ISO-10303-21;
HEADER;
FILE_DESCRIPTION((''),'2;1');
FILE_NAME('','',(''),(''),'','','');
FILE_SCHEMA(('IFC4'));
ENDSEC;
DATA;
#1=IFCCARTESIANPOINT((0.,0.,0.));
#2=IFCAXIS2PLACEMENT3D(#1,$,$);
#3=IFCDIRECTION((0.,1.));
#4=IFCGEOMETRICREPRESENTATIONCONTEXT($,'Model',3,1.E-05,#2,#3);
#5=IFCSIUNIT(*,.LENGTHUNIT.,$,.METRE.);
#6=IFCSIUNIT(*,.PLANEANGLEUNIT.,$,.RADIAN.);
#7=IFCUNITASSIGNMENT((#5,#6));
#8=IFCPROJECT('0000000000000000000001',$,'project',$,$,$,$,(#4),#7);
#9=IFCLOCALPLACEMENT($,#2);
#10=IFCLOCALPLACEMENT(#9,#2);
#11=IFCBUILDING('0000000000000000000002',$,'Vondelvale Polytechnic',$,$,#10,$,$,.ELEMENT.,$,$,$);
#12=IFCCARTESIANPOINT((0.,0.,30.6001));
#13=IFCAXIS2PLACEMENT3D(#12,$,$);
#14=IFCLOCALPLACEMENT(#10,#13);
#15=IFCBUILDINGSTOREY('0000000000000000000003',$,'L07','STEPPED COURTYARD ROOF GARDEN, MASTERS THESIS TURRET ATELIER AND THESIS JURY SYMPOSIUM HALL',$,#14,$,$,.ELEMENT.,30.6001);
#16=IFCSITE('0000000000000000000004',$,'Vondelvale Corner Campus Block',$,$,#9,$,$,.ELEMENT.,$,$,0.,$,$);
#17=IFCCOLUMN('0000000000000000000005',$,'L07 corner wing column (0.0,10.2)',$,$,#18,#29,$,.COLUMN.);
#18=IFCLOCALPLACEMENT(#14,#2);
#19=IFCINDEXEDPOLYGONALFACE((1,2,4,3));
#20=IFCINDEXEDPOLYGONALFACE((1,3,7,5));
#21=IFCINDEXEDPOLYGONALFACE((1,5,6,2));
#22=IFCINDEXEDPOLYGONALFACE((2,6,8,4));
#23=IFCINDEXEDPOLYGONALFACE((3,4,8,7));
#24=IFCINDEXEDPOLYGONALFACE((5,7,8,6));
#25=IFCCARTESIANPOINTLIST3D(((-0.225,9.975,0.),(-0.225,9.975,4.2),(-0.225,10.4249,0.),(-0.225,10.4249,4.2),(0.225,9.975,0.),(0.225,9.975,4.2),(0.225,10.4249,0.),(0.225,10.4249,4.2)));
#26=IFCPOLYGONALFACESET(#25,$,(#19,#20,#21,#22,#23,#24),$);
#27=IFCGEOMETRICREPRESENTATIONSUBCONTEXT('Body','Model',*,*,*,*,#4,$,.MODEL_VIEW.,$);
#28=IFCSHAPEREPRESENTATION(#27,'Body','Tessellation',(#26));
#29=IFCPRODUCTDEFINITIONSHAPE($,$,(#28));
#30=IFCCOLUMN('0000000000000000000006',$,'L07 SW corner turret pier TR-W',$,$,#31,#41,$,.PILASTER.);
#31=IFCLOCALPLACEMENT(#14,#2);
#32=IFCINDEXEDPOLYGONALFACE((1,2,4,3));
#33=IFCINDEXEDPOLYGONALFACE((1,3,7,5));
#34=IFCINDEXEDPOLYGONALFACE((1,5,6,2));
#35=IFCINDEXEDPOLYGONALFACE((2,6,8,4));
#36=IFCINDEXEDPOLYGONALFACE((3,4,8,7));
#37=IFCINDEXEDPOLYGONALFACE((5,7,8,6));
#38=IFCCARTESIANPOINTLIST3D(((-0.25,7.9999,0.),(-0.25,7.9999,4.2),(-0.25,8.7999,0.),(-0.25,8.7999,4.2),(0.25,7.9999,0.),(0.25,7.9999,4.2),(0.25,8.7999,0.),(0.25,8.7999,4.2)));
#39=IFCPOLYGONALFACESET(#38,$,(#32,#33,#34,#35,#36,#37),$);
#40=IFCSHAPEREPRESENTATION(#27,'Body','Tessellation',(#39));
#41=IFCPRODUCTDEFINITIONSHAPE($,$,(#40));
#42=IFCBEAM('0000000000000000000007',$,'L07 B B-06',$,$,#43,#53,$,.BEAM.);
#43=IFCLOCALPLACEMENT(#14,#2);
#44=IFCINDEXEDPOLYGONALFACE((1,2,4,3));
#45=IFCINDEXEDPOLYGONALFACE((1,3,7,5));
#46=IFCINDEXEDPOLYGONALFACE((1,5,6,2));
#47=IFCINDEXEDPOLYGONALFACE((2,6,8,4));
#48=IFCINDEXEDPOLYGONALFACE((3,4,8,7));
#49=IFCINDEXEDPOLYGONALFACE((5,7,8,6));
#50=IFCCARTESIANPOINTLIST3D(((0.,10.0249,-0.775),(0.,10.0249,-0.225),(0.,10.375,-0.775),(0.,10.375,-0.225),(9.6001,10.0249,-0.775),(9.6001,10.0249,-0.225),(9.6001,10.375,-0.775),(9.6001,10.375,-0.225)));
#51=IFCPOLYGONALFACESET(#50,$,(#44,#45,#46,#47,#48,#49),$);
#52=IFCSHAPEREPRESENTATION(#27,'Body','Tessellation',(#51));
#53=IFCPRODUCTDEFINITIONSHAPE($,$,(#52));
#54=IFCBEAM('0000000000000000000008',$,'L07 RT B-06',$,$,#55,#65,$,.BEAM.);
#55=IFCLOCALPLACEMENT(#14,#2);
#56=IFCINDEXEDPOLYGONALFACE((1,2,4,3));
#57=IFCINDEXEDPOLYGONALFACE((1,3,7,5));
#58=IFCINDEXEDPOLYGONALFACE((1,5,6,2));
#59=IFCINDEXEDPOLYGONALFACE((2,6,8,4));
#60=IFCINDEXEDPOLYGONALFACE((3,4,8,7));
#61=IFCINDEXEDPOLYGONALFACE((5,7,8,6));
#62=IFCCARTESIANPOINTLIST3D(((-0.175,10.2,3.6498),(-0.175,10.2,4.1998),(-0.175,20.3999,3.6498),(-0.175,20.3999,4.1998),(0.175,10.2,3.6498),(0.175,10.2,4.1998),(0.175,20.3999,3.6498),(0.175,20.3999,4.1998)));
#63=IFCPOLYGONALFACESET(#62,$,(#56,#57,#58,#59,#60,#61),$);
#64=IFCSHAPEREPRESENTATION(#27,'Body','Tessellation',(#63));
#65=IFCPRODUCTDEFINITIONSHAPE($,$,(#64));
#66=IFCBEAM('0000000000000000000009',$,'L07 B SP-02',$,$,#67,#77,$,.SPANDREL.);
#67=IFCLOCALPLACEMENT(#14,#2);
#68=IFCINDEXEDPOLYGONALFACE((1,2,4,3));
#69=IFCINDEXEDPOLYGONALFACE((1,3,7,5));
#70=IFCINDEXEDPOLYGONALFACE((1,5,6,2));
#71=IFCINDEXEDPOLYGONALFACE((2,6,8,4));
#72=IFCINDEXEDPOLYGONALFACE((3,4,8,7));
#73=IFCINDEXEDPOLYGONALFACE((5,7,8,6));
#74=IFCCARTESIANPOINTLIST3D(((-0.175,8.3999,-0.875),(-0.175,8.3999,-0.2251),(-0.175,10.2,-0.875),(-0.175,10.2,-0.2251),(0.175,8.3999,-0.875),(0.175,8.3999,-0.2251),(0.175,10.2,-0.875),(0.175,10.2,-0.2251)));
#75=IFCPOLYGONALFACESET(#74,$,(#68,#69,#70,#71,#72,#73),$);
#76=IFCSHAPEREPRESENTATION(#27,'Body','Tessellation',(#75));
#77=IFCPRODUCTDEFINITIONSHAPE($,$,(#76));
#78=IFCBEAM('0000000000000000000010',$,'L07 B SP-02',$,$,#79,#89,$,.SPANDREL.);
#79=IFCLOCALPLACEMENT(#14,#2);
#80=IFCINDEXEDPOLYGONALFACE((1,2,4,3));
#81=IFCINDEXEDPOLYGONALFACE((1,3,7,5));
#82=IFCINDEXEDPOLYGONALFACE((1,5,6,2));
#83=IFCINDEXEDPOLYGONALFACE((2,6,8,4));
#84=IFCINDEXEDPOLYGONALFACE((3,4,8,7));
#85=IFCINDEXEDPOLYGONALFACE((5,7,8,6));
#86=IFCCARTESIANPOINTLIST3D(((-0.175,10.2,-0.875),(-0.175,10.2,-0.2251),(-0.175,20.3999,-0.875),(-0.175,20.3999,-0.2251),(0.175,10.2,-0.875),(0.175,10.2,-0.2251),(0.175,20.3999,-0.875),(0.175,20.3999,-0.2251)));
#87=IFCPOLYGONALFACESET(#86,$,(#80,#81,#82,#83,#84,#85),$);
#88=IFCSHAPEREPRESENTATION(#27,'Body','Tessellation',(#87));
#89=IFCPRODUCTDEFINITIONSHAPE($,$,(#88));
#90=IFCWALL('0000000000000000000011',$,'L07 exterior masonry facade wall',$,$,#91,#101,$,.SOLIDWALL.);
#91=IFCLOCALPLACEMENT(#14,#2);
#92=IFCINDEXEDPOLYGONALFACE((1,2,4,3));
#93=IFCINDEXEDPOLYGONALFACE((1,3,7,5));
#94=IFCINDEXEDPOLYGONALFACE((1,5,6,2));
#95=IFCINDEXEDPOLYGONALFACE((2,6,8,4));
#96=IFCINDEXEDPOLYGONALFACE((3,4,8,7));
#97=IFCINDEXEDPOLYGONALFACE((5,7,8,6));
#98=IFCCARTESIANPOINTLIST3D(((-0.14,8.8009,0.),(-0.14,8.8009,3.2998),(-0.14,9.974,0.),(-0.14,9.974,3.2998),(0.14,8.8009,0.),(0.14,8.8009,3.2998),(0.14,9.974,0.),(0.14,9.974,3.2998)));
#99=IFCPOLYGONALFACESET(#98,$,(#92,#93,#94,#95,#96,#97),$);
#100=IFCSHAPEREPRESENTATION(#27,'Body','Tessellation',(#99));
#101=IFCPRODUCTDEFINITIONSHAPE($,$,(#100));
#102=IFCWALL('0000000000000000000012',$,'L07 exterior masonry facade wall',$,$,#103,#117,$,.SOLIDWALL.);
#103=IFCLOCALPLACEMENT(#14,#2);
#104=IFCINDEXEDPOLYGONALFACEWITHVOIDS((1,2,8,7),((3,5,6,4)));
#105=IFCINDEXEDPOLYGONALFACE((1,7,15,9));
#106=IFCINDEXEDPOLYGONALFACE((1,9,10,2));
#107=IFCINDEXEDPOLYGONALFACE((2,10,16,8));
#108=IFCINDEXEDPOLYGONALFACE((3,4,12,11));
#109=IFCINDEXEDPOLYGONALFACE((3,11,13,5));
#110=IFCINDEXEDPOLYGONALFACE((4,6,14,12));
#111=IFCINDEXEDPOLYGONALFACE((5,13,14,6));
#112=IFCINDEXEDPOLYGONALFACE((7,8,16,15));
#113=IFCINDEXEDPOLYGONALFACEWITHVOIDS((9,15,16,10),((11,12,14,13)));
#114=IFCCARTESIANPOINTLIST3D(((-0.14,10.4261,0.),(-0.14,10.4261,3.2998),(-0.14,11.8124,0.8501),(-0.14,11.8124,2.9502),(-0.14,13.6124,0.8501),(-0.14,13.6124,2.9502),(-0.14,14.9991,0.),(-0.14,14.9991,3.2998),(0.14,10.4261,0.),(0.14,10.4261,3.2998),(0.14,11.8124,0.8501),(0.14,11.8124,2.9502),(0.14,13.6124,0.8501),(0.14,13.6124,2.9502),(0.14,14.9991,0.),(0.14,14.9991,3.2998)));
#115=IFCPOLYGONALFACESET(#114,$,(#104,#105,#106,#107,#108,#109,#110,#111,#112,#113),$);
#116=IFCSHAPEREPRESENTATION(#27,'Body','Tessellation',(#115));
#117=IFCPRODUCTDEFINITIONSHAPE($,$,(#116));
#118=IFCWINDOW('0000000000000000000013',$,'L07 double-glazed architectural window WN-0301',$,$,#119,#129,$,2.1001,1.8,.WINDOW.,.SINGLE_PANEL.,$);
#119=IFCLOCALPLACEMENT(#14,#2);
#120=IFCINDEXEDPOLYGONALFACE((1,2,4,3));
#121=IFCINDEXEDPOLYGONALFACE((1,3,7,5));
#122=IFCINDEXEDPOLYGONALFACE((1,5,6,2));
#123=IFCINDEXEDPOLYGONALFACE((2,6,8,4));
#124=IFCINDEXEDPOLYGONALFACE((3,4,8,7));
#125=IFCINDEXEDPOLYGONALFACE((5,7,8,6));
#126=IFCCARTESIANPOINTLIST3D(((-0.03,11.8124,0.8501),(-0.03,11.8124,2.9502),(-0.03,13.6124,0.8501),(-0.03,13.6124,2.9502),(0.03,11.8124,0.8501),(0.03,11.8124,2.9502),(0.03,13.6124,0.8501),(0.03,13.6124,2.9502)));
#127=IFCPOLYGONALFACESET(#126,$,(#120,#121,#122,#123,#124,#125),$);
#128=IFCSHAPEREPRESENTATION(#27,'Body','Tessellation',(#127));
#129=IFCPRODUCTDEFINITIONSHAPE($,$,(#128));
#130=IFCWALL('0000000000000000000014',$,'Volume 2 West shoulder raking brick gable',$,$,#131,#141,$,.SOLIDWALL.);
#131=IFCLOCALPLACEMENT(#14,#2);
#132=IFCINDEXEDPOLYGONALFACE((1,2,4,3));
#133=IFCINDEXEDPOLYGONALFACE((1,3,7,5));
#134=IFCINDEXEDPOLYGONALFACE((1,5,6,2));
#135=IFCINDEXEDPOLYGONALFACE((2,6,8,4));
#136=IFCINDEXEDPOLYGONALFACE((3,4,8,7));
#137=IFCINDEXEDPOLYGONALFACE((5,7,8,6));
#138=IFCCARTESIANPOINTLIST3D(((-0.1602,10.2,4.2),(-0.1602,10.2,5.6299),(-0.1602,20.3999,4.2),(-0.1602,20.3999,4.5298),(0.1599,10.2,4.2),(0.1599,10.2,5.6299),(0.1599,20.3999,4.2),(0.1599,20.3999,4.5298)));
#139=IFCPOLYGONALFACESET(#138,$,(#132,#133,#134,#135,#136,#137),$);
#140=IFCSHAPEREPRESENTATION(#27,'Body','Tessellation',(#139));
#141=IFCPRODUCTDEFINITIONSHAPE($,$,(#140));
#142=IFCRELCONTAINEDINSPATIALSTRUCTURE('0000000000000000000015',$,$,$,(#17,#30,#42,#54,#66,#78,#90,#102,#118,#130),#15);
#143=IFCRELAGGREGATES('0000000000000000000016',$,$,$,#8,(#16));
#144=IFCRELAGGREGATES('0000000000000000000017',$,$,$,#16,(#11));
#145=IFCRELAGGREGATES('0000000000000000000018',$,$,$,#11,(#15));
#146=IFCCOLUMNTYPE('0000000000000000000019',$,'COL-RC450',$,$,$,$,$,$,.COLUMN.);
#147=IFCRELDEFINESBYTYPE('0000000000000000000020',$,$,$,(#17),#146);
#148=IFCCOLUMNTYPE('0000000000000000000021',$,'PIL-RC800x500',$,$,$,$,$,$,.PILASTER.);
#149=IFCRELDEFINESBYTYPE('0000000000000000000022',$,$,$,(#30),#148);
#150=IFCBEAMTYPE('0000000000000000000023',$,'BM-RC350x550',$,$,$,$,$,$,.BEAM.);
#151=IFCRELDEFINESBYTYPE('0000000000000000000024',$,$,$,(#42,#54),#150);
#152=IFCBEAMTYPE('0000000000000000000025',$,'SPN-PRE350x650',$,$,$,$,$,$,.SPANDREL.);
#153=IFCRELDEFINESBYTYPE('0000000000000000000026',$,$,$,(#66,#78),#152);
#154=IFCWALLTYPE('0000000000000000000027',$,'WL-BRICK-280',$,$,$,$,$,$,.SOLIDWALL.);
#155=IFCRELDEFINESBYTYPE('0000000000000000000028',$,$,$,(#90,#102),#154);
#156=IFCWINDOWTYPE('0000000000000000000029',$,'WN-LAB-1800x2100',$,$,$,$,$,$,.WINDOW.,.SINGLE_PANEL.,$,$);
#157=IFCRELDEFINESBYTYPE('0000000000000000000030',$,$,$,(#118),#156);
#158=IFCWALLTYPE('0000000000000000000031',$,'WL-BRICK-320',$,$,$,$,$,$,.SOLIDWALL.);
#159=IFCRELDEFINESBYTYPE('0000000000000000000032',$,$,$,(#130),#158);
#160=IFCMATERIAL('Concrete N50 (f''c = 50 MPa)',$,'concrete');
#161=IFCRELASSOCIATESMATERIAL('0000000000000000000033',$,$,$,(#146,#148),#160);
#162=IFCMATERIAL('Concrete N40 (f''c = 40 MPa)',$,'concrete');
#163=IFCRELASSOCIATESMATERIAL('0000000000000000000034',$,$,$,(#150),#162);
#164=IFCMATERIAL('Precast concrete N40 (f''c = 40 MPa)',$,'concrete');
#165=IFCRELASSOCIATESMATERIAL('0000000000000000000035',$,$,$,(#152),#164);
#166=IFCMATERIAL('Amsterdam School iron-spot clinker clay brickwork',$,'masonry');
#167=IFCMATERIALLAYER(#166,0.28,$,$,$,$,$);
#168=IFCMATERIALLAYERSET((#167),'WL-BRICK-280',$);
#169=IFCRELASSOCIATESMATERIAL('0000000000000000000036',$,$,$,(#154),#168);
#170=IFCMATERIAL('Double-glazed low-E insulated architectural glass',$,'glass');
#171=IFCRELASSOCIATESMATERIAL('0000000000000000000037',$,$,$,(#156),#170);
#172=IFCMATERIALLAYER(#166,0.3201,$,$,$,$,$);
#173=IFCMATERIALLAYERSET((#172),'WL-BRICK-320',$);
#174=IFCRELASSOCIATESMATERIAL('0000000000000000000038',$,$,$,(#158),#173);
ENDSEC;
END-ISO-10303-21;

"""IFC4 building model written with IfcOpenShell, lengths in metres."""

from ifc_helpers import new_model, si_unit, direction, frame, frame_2d, origin, origin_2d, place, context, subcontext, project, spatial, polyline, rectangle, outline, extrude, material, layer, layer_set, material_profile, profile_set, type_object, element, fill, save


model = new_model("IFC4")

# Units and contexts
model_context = context("Model", 3, precision=1e-05, world=origin(), true_north=direction((0.0, 1.0)))
body_context = subcontext(model_context, "Body", "Model", "MODEL_VIEW")
ifc_project = project(units=[si_unit("LENGTHUNIT", "METRE"), si_unit("PLANEANGLEUNIT", "RADIAN")], contexts=[model_context])

# Site, building, storey
site_placement = place(None, origin())
site = spatial("IfcSite", under=ifc_project, at=site_placement, Name="Vondelvale Corner Campus Block", CompositionType="ELEMENT", RefElevation=0.0)
building_placement = place(site_placement, origin())
building = spatial("IfcBuilding", under=site, at=building_placement, Name="Vondelvale Polytechnic", CompositionType="ELEMENT")
storey_placement = place(building_placement, frame((0.0, 0.0, 30.6001)))
storey = spatial("IfcBuildingStorey", under=building, at=storey_placement, Name="L07", Description="STEPPED COURTYARD ROOF GARDEN, MASTERS THESIS TURRET ATELIER AND THESIS JURY SYMPOSIUM HALL", CompositionType="ELEMENT", Elevation=30.6001)

# Columns
ifc_material_1 = material(Name="Concrete N50 (f'c = 50 MPa)", Category="concrete")
ifc_material_profile_1 = material_profile(ifc_material_1, rectangle(XDim=0.45, YDim=0.45, at=origin_2d()), Name="RC-COL-450x450")
ifc_profile_set_1 = profile_set([ifc_material_profile_1], Name="Concrete N50 (f'c = 50 MPa)")
column_type_1 = type_object("IfcColumnType", Name="COL-RC450", PredefinedType="COLUMN", material=ifc_profile_set_1)
column_1_placement = place(storey_placement, frame((0.0, 10.2, 0.0), z_axis=(0.0, 0.0, 1.0), x_axis=(1.0, 0.0, 0.0)))
element("IfcColumn", 1, at=column_1_placement, inside=storey, type_object=column_type_1, Name="L07 corner wing column (0.0,10.2)", PredefinedType="COLUMN", context=body_context, shape_type="SweptSolid", body=[
    extrude(rectangle(XDim=0.45, YDim=0.45, at=origin_2d()), origin(), (0.0, 0.0, 1.0), 4.2),
])
ifc_material_profile_2 = material_profile(ifc_material_1, rectangle(XDim=0.5, YDim=0.8, at=origin_2d()), Name="RC-PIL-800x500")
ifc_profile_set_2 = profile_set([ifc_material_profile_2], Name="Concrete N50 (f'c = 50 MPa)")
column_type_2 = type_object("IfcColumnType", Name="PIL-RC800x500", PredefinedType="PILASTER", material=ifc_profile_set_2)
column_2_placement = place(storey_placement, frame((0.0, 8.3999, 0.0), z_axis=(0.0, 0.0, 1.0), x_axis=(1.0, 0.0, 0.0)))
element("IfcColumn", 2, at=column_2_placement, inside=storey, type_object=column_type_2, Name="L07 SW corner turret pier TR-W", PredefinedType="PILASTER", context=body_context, shape_type="SweptSolid", body=[
    extrude(rectangle(XDim=0.5, YDim=0.8, at=origin_2d()), origin(), (0.0, 0.0, 1.0), 4.2),
])

# Beams
ifc_material_2 = material(Name="Concrete N40 (f'c = 40 MPa)", Category="concrete")
ifc_material_profile_3 = material_profile(ifc_material_2, rectangle(XDim=0.3501, YDim=0.55, at=origin_2d()), Name="RC-BM-350x550")
ifc_profile_set_3 = profile_set([ifc_material_profile_3], Name="Concrete N40 (f'c = 40 MPa)")
beam_type_1 = type_object("IfcBeamType", Name="BM-RC350x550", PredefinedType="BEAM", material=ifc_profile_set_3)
beam_1_placement = place(storey_placement, frame((0.0, 10.2, -0.5), z_axis=(1.0, 0.0, 0.0), x_axis=(0.0, 1.0, 0.0)))
element("IfcBeam", 3, at=beam_1_placement, inside=storey, type_object=beam_type_1, Name="L07 B B-06", PredefinedType="BEAM", context=body_context, shape_type="SweptSolid", body=[
    extrude(rectangle(XDim=0.3501, YDim=0.55, at=origin_2d()), origin(), (0.0, 0.0, 1.0), 9.6001),
])
beam_2_placement = place(storey_placement, frame((0.0, 10.2, 3.9248), z_axis=(0.0, 1.0, 0.0), x_axis=(-1.0, 0.0, 0.0)))
element("IfcBeam", 4, at=beam_2_placement, inside=storey, type_object=beam_type_1, Name="L07 RT B-06", PredefinedType="BEAM", context=body_context, shape_type="SweptSolid", body=[
    extrude(rectangle(XDim=0.3501, YDim=0.55, at=origin_2d()), origin(), (0.0, 0.0, 1.0), 10.2),
])
ifc_material_3 = material(Name="Precast concrete N40 (f'c = 40 MPa)", Category="concrete")
ifc_material_profile_4 = material_profile(ifc_material_3, rectangle(XDim=0.3501, YDim=0.6499, at=origin_2d()), Name="RC-SPN-350x650")
ifc_profile_set_4 = profile_set([ifc_material_profile_4], Name="Precast concrete N40 (f'c = 40 MPa)")
beam_type_2 = type_object("IfcBeamType", Name="SPN-PRE350x650", PredefinedType="SPANDREL", material=ifc_profile_set_4)
beam_3_placement = place(storey_placement, frame((0.0, 8.3999, -0.55), z_axis=(0.0, 1.0, 0.0), x_axis=(-1.0, 0.0, 0.0)))
element("IfcBeam", 5, at=beam_3_placement, inside=storey, type_object=beam_type_2, Name="L07 B SP-02", PredefinedType="SPANDREL", context=body_context, shape_type="SweptSolid", body=[
    extrude(rectangle(XDim=0.3501, YDim=0.6499, at=origin_2d()), origin(), (0.0, 0.0, 1.0), 1.8),
])
beam_4_placement = place(storey_placement, frame((0.0, 10.2, -0.55), z_axis=(0.0, 1.0, 0.0), x_axis=(-1.0, 0.0, 0.0)))
element("IfcBeam", 6, at=beam_4_placement, inside=storey, type_object=beam_type_2, Name="L07 B SP-02", PredefinedType="SPANDREL", context=body_context, shape_type="SweptSolid", body=[
    extrude(rectangle(XDim=0.3501, YDim=0.6499, at=origin_2d()), origin(), (0.0, 0.0, 1.0), 10.2),
])

# Wall
ifc_material_4 = material(Name="Amsterdam School iron-spot clinker clay brickwork", Category="masonry")
ifc_layer_1 = layer(ifc_material_4, 0.28)
ifc_layer_set_1 = layer_set([ifc_layer_1], Name="WL-BRICK-280")
wall_type_1 = type_object("IfcWallType", Name="WL-BRICK-280", PredefinedType="SOLIDWALL", material=ifc_layer_set_1)
wall_1_placement = place(storey_placement, frame((0.0, 8.801, 0.0), z_axis=(0.0, 0.0, 1.0), x_axis=(0.0, 1.0, 0.0)))
element("IfcWall", 7, at=wall_1_placement, inside=storey, type_object=wall_type_1, Name="L07 exterior masonry facade wall", PredefinedType="SOLIDWALL", context=body_context, shape_type="SweptSolid", body=[
    extrude(rectangle(XDim=1.1731, YDim=0.28, at=frame_2d((0.5864, 0.0))), origin(), (0.0, 0.0, 1.0), 3.2998),
])

# Wall, opening, window
wall_2_placement = place(storey_placement, frame((0.0, 10.426, 0.0), z_axis=(0.0, 0.0, 1.0), x_axis=(0.0, 1.0, 0.0)))
wall_2 = element("IfcWall", 8, at=wall_2_placement, inside=storey, type_object=wall_type_1, Name="L07 exterior masonry facade wall", PredefinedType="SOLIDWALL", context=body_context, shape_type="SweptSolid", body=[
    extrude(rectangle(XDim=4.573, YDim=0.28, at=frame_2d((2.2866, 0.0))), origin(), (0.0, 0.0, 1.0), 3.2998),
])
opening_1_placement = place(wall_2_placement, frame((1.3865, 0.0, 0.8501)))
opening_1 = element("IfcOpeningElement", 9, at=opening_1_placement, cuts=wall_2, PredefinedType="OPENING", context=body_context, shape_type="SweptSolid", body=[
    extrude(rectangle(XDim=1.8, YDim=2.1001, at=frame_2d((0.8999, 1.05))), frame((0.0, 0.1499, 0.0), z_axis=(0.0, -1.0, 0.0), x_axis=(1.0, 0.0, 0.0)), (0.0, 0.0, 1.0), 0.3),
])
ifc_material_5 = material(Name="Double-glazed low-E insulated architectural glass", Category="glass")
window_type_1 = type_object("IfcWindowType", Name="WN-LAB-1800x2100", PartitioningType="SINGLE_PANEL", PredefinedType="WINDOW", material=ifc_material_5)
window_1_placement = place(opening_1_placement, origin())
window_1 = element("IfcWindow", 10, at=window_1_placement, inside=storey, type_object=window_type_1, Name="L07 double-glazed architectural window WN-0301", OverallHeight=2.1001, OverallWidth=1.8, PartitioningType="SINGLE_PANEL", PredefinedType="WINDOW", context=body_context, shape_type="SweptSolid", body=[
    extrude(rectangle(XDim=1.8, YDim=2.1001, at=frame_2d((0.8999, 1.05))), frame((0.0, 0.03, 0.0), z_axis=(0.0, -1.0, 0.0), x_axis=(1.0, 0.0, 0.0)), (0.0, 0.0, 1.0), 0.0601),
])
fill(opening_1, window_1)

# Wall
ifc_layer_2 = layer(ifc_material_4, 0.3201)
ifc_layer_set_2 = layer_set([ifc_layer_2], Name="WL-BRICK-320")
wall_type_2 = type_object("IfcWallType", Name="WL-BRICK-320", PredefinedType="SOLIDWALL", material=ifc_layer_set_2)
wall_3_placement = place(storey_placement, frame((0.0, 10.2, 4.2), z_axis=(0.0, 0.0, 1.0), x_axis=(0.0, 1.0, 0.0)))
element("IfcWall", 11, at=wall_3_placement, inside=storey, type_object=wall_type_2, Name="Volume 2 West shoulder raking brick gable", PredefinedType="SOLIDWALL", context=body_context, shape_type="SweptSolid", body=[
    extrude(outline(polyline([(0.0, 0.0), (10.2, 0.0), (10.2, 0.3298), (0.0, 1.4299), (0.0, 0.0)])), frame((0.0, 0.1602, 0.0), z_axis=(0.0, -1.0, 0.0), x_axis=(1.0, 0.0, 0.0)), (0.0, 0.0, 1.0), 0.3201),
])

save(model, "model.ifc")
